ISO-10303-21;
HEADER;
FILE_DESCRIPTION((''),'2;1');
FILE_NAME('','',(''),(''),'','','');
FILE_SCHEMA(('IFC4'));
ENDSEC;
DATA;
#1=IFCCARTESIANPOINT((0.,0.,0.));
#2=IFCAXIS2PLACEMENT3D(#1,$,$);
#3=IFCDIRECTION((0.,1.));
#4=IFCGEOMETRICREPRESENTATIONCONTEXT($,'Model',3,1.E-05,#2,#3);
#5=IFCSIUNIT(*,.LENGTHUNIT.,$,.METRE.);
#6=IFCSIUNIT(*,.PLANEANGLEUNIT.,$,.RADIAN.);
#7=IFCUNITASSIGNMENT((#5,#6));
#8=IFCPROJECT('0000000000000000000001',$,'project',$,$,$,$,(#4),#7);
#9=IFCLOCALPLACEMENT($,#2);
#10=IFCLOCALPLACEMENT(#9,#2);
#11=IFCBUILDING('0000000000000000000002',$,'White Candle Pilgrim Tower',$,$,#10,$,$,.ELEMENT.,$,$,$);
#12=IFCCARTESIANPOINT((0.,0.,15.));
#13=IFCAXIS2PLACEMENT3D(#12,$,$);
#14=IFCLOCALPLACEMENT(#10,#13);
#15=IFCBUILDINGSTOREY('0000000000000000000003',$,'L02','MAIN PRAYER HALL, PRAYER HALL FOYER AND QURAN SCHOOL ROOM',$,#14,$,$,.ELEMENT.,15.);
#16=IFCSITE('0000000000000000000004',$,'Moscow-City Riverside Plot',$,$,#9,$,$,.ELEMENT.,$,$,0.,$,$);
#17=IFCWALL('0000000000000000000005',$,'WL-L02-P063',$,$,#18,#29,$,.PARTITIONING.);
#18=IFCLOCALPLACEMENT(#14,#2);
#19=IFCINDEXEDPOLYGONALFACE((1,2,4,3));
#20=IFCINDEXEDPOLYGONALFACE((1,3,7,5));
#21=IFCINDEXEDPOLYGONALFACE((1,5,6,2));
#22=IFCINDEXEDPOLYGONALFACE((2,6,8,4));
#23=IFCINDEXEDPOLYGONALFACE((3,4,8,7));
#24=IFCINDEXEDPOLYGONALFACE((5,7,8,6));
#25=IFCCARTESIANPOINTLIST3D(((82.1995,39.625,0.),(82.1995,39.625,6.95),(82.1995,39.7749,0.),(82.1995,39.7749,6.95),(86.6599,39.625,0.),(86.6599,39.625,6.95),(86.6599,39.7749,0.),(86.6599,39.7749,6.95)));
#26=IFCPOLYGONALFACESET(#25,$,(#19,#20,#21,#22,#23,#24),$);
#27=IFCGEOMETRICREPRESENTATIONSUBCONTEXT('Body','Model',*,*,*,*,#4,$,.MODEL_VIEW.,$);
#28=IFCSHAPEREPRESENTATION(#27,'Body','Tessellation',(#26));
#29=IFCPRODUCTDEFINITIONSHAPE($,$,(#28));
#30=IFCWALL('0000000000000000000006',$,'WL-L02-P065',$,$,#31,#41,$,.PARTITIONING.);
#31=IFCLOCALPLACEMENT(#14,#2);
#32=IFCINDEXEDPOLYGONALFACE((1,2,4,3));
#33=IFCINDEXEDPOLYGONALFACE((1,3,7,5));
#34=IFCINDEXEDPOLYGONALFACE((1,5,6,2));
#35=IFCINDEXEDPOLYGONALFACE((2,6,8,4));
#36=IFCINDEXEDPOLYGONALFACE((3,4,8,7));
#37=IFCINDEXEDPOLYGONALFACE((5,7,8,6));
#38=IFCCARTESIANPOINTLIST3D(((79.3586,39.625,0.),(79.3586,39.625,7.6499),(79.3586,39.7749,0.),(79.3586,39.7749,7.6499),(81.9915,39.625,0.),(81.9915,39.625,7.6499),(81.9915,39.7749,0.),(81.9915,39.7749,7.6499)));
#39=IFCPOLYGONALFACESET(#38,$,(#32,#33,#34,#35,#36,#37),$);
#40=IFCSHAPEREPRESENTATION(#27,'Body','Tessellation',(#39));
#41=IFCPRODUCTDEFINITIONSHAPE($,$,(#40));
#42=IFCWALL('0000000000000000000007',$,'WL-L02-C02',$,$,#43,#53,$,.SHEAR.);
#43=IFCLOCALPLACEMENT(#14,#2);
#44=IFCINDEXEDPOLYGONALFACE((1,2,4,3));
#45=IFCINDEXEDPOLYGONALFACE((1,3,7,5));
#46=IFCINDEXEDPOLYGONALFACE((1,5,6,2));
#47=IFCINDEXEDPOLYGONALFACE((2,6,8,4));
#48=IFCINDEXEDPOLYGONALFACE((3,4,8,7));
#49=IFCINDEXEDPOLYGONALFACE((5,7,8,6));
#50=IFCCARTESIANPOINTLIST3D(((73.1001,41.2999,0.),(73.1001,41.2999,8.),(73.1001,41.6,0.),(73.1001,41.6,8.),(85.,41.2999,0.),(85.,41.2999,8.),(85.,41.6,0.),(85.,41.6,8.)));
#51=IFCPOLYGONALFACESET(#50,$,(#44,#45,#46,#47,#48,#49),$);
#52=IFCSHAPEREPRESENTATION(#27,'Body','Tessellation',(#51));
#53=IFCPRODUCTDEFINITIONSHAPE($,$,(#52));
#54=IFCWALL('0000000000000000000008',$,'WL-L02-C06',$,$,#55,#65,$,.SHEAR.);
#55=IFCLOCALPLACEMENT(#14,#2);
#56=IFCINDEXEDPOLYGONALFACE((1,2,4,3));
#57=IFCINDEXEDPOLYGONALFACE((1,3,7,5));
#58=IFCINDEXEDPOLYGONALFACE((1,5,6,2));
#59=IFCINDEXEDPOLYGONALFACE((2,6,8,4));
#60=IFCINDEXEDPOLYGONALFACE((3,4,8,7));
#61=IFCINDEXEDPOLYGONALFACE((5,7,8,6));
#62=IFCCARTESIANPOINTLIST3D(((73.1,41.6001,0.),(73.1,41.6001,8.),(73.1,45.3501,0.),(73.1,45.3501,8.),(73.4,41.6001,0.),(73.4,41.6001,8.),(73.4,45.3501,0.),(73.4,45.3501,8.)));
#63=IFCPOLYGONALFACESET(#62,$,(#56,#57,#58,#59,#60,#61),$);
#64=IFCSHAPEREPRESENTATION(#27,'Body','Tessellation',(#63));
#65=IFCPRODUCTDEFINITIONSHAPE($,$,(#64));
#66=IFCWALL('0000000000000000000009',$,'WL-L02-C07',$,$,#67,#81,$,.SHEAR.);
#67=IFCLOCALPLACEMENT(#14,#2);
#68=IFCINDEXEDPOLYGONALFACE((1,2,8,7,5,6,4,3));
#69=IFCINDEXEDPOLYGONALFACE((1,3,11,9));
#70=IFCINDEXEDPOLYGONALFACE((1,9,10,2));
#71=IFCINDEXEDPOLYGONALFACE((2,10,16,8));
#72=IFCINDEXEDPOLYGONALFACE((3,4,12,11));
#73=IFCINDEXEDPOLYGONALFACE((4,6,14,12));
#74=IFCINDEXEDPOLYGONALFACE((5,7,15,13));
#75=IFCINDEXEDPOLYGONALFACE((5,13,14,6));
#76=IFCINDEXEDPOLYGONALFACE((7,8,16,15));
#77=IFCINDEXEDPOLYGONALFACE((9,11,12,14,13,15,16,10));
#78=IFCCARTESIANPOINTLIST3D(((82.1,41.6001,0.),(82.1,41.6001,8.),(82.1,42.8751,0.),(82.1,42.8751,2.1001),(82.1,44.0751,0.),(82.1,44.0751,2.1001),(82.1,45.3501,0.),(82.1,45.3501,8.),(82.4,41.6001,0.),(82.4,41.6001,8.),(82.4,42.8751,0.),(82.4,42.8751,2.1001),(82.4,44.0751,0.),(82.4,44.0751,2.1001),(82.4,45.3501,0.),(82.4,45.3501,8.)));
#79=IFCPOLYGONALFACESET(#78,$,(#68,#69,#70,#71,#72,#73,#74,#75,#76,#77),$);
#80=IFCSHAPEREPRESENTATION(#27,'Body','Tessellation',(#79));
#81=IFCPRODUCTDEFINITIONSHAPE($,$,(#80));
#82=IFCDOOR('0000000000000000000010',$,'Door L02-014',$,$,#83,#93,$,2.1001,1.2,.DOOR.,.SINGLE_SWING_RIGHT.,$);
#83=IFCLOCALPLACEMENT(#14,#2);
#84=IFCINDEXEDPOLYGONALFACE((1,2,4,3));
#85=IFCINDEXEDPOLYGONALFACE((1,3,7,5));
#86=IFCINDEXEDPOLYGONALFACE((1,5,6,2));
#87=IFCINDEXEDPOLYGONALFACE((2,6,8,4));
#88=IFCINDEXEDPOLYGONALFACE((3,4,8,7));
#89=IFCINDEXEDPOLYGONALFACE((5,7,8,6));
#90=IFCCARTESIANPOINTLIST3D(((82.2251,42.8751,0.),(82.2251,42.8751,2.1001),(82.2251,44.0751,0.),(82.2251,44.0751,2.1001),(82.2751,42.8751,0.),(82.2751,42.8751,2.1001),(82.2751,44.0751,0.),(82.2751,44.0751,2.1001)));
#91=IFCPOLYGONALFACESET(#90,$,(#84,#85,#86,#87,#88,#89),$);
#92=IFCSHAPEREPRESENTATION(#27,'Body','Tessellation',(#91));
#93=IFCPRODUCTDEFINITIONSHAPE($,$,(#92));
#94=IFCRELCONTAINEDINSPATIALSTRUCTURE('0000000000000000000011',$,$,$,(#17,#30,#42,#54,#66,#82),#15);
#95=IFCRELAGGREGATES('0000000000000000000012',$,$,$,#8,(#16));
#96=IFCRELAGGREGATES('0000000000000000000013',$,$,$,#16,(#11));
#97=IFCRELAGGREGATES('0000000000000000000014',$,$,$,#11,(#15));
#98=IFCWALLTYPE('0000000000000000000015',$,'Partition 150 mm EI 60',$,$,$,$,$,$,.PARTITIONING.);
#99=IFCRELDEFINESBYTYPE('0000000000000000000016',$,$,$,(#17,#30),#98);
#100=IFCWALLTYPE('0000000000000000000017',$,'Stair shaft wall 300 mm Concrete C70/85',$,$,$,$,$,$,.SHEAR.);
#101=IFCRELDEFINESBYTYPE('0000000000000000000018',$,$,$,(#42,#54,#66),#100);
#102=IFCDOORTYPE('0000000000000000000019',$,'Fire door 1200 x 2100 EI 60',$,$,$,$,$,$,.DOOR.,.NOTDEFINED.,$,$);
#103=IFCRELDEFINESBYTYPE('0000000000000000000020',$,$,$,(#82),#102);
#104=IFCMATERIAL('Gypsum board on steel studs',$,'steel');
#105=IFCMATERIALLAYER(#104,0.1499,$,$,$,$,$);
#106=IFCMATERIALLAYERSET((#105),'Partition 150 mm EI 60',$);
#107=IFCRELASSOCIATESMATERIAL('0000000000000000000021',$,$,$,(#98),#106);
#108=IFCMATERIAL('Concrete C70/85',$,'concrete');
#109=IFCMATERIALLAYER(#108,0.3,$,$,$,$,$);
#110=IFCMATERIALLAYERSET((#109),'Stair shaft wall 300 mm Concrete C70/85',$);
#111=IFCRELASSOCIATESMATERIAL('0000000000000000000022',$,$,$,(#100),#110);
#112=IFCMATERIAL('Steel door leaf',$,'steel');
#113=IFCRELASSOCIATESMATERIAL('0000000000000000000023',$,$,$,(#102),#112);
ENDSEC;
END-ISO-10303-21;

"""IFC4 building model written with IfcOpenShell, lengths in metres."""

from ifc_helpers import new_model, si_unit, direction, frame, frame_2d, origin, place, context, subcontext, project, spatial, rectangle, extrude, material, layer, layer_set, type_object, element, fill, save


model = new_model("IFC4")

# Units and contexts
model_context = context("Model", 3, precision=1e-05, world=origin(), true_north=direction((0.0, 1.0)))
body_context = subcontext(model_context, "Body", "Model", "MODEL_VIEW")
ifc_project = project(units=[si_unit("LENGTHUNIT", "METRE"), si_unit("PLANEANGLEUNIT", "RADIAN")], contexts=[model_context])

# Site, building, storey
site_placement = place(None, origin())
site = spatial("IfcSite", under=ifc_project, at=site_placement, Name="Moscow-City Riverside Plot", CompositionType="ELEMENT", RefElevation=0.0)
building_placement = place(site_placement, origin())
building = spatial("IfcBuilding", under=site, at=building_placement, Name="White Candle Pilgrim Tower", CompositionType="ELEMENT")
storey_placement = place(building_placement, frame((0.0, 0.0, 15.0)))
storey = spatial("IfcBuildingStorey", under=building, at=storey_placement, Name="L02", Description="MAIN PRAYER HALL, PRAYER HALL FOYER AND QURAN SCHOOL ROOM", CompositionType="ELEMENT", Elevation=15.0)

# Shared definitions
ifc_material_1 = material(Name="Steel door leaf", Category="steel")

# Walls
ifc_material_2 = material(Name="Gypsum board on steel studs", Category="steel")
ifc_layer_1 = layer(ifc_material_2, 0.1499)
ifc_layer_set_1 = layer_set([ifc_layer_1], Name="Partition 150 mm EI 60")
wall_type_1 = type_object("IfcWallType", Name="Partition 150 mm EI 60", PredefinedType="PARTITIONING", material=ifc_layer_set_1)
wall_1_placement = place(storey_placement, frame((82.1995, 39.7, 0.0), z_axis=(0.0, 0.0, 1.0), x_axis=(1.0, 0.0, 0.0)))
element("IfcWall", 1, at=wall_1_placement, inside=storey, type_object=wall_type_1, Name="WL-L02-P063", PredefinedType="PARTITIONING", context=body_context, shape_type="SweptSolid", body=[
    extrude(rectangle(XDim=4.4604, YDim=0.1499, at=frame_2d((2.2302, 0.0))), origin(), (0.0, 0.0, 1.0), 6.95),
])
wall_2_placement = place(storey_placement, frame((79.3586, 39.7, 0.0), z_axis=(0.0, 0.0, 1.0), x_axis=(1.0, 0.0, 0.0)))
element("IfcWall", 2, at=wall_2_placement, inside=storey, type_object=wall_type_1, Name="WL-L02-P065", PredefinedType="PARTITIONING", context=body_context, shape_type="SweptSolid", body=[
    extrude(rectangle(XDim=2.6328, YDim=0.1499, at=frame_2d((1.3164, 0.0))), origin(), (0.0, 0.0, 1.0), 7.6499),
])
ifc_material_3 = material(Name="Concrete C70/85", Category="concrete")
ifc_layer_2 = layer(ifc_material_3, 0.3)
ifc_layer_set_2 = layer_set([ifc_layer_2], Name="Stair shaft wall 300 mm Concrete C70/85")
wall_type_2 = type_object("IfcWallType", Name="Stair shaft wall 300 mm Concrete C70/85", PredefinedType="SHEAR", material=ifc_layer_set_2)
wall_3_placement = place(storey_placement, frame((73.1001, 41.45, 0.0), z_axis=(0.0, 0.0, 1.0), x_axis=(1.0, 0.0, 0.0)))
element("IfcWall", 3, at=wall_3_placement, inside=storey, type_object=wall_type_2, Name="WL-L02-C02", PredefinedType="SHEAR", context=body_context, shape_type="SweptSolid", body=[
    extrude(rectangle(XDim=11.8999, YDim=0.3, at=frame_2d((5.95, 0.0))), origin(), (0.0, 0.0, 1.0), 8.0),
])
wall_4_placement = place(storey_placement, frame((73.25, 41.6001, 0.0), z_axis=(0.0, 0.0, 1.0), x_axis=(0.0, 1.0, 0.0)))
element("IfcWall", 4, at=wall_4_placement, inside=storey, type_object=wall_type_2, Name="WL-L02-C06", PredefinedType="SHEAR", context=body_context, shape_type="SweptSolid", body=[
    extrude(rectangle(XDim=3.75, YDim=0.3, at=frame_2d((1.875, 0.0))), origin(), (0.0, 0.0, 1.0), 8.0),
])

# Wall, opening, door
wall_5_placement = place(storey_placement, frame((82.25, 41.6001, 0.0), z_axis=(0.0, 0.0, 1.0), x_axis=(0.0, 1.0, 0.0)))
wall_5 = element("IfcWall", 5, at=wall_5_placement, inside=storey, type_object=wall_type_2, Name="WL-L02-C07", PredefinedType="SHEAR", context=body_context, shape_type="SweptSolid", body=[
    extrude(rectangle(XDim=3.75, YDim=0.3, at=frame_2d((1.875, 0.0))), origin(), (0.0, 0.0, 1.0), 8.0),
])
opening_1_placement = place(wall_5_placement, frame((1.2749, 0.0, 0.0)))
opening_1 = element("IfcOpeningElement", 6, at=opening_1_placement, cuts=wall_5, PredefinedType="OPENING", context=body_context, shape_type="SweptSolid", body=[
    extrude(rectangle(XDim=1.2, YDim=2.1001, at=frame_2d((0.6001, 1.05))), frame((0.0, 0.1599, 0.0), z_axis=(0.0, -1.0, 0.0), x_axis=(1.0, 0.0, 0.0)), (0.0, 0.0, 1.0), 0.3201),
])
door_type_1 = type_object("IfcDoorType", Name="Fire door 1200 x 2100 EI 60", OperationType="NOTDEFINED", PredefinedType="DOOR", material=ifc_material_1)
door_1_placement = place(opening_1_placement, origin())
door_1 = element("IfcDoor", 7, at=door_1_placement, inside=storey, type_object=door_type_1, Name="Door L02-014", OperationType="SINGLE_SWING_RIGHT", OverallHeight=2.1001, OverallWidth=1.2, PredefinedType="DOOR", context=body_context, shape_type="SweptSolid", body=[
    extrude(rectangle(XDim=1.2, YDim=2.1001, at=frame_2d((0.6001, 1.05))), frame((0.0, 0.0249, 0.0), z_axis=(0.0, -1.0, 0.0), x_axis=(1.0, 0.0, 0.0)), (0.0, 0.0, 1.0), 0.05),
])
fill(opening_1, door_1)

save(model, "model.ifc")
